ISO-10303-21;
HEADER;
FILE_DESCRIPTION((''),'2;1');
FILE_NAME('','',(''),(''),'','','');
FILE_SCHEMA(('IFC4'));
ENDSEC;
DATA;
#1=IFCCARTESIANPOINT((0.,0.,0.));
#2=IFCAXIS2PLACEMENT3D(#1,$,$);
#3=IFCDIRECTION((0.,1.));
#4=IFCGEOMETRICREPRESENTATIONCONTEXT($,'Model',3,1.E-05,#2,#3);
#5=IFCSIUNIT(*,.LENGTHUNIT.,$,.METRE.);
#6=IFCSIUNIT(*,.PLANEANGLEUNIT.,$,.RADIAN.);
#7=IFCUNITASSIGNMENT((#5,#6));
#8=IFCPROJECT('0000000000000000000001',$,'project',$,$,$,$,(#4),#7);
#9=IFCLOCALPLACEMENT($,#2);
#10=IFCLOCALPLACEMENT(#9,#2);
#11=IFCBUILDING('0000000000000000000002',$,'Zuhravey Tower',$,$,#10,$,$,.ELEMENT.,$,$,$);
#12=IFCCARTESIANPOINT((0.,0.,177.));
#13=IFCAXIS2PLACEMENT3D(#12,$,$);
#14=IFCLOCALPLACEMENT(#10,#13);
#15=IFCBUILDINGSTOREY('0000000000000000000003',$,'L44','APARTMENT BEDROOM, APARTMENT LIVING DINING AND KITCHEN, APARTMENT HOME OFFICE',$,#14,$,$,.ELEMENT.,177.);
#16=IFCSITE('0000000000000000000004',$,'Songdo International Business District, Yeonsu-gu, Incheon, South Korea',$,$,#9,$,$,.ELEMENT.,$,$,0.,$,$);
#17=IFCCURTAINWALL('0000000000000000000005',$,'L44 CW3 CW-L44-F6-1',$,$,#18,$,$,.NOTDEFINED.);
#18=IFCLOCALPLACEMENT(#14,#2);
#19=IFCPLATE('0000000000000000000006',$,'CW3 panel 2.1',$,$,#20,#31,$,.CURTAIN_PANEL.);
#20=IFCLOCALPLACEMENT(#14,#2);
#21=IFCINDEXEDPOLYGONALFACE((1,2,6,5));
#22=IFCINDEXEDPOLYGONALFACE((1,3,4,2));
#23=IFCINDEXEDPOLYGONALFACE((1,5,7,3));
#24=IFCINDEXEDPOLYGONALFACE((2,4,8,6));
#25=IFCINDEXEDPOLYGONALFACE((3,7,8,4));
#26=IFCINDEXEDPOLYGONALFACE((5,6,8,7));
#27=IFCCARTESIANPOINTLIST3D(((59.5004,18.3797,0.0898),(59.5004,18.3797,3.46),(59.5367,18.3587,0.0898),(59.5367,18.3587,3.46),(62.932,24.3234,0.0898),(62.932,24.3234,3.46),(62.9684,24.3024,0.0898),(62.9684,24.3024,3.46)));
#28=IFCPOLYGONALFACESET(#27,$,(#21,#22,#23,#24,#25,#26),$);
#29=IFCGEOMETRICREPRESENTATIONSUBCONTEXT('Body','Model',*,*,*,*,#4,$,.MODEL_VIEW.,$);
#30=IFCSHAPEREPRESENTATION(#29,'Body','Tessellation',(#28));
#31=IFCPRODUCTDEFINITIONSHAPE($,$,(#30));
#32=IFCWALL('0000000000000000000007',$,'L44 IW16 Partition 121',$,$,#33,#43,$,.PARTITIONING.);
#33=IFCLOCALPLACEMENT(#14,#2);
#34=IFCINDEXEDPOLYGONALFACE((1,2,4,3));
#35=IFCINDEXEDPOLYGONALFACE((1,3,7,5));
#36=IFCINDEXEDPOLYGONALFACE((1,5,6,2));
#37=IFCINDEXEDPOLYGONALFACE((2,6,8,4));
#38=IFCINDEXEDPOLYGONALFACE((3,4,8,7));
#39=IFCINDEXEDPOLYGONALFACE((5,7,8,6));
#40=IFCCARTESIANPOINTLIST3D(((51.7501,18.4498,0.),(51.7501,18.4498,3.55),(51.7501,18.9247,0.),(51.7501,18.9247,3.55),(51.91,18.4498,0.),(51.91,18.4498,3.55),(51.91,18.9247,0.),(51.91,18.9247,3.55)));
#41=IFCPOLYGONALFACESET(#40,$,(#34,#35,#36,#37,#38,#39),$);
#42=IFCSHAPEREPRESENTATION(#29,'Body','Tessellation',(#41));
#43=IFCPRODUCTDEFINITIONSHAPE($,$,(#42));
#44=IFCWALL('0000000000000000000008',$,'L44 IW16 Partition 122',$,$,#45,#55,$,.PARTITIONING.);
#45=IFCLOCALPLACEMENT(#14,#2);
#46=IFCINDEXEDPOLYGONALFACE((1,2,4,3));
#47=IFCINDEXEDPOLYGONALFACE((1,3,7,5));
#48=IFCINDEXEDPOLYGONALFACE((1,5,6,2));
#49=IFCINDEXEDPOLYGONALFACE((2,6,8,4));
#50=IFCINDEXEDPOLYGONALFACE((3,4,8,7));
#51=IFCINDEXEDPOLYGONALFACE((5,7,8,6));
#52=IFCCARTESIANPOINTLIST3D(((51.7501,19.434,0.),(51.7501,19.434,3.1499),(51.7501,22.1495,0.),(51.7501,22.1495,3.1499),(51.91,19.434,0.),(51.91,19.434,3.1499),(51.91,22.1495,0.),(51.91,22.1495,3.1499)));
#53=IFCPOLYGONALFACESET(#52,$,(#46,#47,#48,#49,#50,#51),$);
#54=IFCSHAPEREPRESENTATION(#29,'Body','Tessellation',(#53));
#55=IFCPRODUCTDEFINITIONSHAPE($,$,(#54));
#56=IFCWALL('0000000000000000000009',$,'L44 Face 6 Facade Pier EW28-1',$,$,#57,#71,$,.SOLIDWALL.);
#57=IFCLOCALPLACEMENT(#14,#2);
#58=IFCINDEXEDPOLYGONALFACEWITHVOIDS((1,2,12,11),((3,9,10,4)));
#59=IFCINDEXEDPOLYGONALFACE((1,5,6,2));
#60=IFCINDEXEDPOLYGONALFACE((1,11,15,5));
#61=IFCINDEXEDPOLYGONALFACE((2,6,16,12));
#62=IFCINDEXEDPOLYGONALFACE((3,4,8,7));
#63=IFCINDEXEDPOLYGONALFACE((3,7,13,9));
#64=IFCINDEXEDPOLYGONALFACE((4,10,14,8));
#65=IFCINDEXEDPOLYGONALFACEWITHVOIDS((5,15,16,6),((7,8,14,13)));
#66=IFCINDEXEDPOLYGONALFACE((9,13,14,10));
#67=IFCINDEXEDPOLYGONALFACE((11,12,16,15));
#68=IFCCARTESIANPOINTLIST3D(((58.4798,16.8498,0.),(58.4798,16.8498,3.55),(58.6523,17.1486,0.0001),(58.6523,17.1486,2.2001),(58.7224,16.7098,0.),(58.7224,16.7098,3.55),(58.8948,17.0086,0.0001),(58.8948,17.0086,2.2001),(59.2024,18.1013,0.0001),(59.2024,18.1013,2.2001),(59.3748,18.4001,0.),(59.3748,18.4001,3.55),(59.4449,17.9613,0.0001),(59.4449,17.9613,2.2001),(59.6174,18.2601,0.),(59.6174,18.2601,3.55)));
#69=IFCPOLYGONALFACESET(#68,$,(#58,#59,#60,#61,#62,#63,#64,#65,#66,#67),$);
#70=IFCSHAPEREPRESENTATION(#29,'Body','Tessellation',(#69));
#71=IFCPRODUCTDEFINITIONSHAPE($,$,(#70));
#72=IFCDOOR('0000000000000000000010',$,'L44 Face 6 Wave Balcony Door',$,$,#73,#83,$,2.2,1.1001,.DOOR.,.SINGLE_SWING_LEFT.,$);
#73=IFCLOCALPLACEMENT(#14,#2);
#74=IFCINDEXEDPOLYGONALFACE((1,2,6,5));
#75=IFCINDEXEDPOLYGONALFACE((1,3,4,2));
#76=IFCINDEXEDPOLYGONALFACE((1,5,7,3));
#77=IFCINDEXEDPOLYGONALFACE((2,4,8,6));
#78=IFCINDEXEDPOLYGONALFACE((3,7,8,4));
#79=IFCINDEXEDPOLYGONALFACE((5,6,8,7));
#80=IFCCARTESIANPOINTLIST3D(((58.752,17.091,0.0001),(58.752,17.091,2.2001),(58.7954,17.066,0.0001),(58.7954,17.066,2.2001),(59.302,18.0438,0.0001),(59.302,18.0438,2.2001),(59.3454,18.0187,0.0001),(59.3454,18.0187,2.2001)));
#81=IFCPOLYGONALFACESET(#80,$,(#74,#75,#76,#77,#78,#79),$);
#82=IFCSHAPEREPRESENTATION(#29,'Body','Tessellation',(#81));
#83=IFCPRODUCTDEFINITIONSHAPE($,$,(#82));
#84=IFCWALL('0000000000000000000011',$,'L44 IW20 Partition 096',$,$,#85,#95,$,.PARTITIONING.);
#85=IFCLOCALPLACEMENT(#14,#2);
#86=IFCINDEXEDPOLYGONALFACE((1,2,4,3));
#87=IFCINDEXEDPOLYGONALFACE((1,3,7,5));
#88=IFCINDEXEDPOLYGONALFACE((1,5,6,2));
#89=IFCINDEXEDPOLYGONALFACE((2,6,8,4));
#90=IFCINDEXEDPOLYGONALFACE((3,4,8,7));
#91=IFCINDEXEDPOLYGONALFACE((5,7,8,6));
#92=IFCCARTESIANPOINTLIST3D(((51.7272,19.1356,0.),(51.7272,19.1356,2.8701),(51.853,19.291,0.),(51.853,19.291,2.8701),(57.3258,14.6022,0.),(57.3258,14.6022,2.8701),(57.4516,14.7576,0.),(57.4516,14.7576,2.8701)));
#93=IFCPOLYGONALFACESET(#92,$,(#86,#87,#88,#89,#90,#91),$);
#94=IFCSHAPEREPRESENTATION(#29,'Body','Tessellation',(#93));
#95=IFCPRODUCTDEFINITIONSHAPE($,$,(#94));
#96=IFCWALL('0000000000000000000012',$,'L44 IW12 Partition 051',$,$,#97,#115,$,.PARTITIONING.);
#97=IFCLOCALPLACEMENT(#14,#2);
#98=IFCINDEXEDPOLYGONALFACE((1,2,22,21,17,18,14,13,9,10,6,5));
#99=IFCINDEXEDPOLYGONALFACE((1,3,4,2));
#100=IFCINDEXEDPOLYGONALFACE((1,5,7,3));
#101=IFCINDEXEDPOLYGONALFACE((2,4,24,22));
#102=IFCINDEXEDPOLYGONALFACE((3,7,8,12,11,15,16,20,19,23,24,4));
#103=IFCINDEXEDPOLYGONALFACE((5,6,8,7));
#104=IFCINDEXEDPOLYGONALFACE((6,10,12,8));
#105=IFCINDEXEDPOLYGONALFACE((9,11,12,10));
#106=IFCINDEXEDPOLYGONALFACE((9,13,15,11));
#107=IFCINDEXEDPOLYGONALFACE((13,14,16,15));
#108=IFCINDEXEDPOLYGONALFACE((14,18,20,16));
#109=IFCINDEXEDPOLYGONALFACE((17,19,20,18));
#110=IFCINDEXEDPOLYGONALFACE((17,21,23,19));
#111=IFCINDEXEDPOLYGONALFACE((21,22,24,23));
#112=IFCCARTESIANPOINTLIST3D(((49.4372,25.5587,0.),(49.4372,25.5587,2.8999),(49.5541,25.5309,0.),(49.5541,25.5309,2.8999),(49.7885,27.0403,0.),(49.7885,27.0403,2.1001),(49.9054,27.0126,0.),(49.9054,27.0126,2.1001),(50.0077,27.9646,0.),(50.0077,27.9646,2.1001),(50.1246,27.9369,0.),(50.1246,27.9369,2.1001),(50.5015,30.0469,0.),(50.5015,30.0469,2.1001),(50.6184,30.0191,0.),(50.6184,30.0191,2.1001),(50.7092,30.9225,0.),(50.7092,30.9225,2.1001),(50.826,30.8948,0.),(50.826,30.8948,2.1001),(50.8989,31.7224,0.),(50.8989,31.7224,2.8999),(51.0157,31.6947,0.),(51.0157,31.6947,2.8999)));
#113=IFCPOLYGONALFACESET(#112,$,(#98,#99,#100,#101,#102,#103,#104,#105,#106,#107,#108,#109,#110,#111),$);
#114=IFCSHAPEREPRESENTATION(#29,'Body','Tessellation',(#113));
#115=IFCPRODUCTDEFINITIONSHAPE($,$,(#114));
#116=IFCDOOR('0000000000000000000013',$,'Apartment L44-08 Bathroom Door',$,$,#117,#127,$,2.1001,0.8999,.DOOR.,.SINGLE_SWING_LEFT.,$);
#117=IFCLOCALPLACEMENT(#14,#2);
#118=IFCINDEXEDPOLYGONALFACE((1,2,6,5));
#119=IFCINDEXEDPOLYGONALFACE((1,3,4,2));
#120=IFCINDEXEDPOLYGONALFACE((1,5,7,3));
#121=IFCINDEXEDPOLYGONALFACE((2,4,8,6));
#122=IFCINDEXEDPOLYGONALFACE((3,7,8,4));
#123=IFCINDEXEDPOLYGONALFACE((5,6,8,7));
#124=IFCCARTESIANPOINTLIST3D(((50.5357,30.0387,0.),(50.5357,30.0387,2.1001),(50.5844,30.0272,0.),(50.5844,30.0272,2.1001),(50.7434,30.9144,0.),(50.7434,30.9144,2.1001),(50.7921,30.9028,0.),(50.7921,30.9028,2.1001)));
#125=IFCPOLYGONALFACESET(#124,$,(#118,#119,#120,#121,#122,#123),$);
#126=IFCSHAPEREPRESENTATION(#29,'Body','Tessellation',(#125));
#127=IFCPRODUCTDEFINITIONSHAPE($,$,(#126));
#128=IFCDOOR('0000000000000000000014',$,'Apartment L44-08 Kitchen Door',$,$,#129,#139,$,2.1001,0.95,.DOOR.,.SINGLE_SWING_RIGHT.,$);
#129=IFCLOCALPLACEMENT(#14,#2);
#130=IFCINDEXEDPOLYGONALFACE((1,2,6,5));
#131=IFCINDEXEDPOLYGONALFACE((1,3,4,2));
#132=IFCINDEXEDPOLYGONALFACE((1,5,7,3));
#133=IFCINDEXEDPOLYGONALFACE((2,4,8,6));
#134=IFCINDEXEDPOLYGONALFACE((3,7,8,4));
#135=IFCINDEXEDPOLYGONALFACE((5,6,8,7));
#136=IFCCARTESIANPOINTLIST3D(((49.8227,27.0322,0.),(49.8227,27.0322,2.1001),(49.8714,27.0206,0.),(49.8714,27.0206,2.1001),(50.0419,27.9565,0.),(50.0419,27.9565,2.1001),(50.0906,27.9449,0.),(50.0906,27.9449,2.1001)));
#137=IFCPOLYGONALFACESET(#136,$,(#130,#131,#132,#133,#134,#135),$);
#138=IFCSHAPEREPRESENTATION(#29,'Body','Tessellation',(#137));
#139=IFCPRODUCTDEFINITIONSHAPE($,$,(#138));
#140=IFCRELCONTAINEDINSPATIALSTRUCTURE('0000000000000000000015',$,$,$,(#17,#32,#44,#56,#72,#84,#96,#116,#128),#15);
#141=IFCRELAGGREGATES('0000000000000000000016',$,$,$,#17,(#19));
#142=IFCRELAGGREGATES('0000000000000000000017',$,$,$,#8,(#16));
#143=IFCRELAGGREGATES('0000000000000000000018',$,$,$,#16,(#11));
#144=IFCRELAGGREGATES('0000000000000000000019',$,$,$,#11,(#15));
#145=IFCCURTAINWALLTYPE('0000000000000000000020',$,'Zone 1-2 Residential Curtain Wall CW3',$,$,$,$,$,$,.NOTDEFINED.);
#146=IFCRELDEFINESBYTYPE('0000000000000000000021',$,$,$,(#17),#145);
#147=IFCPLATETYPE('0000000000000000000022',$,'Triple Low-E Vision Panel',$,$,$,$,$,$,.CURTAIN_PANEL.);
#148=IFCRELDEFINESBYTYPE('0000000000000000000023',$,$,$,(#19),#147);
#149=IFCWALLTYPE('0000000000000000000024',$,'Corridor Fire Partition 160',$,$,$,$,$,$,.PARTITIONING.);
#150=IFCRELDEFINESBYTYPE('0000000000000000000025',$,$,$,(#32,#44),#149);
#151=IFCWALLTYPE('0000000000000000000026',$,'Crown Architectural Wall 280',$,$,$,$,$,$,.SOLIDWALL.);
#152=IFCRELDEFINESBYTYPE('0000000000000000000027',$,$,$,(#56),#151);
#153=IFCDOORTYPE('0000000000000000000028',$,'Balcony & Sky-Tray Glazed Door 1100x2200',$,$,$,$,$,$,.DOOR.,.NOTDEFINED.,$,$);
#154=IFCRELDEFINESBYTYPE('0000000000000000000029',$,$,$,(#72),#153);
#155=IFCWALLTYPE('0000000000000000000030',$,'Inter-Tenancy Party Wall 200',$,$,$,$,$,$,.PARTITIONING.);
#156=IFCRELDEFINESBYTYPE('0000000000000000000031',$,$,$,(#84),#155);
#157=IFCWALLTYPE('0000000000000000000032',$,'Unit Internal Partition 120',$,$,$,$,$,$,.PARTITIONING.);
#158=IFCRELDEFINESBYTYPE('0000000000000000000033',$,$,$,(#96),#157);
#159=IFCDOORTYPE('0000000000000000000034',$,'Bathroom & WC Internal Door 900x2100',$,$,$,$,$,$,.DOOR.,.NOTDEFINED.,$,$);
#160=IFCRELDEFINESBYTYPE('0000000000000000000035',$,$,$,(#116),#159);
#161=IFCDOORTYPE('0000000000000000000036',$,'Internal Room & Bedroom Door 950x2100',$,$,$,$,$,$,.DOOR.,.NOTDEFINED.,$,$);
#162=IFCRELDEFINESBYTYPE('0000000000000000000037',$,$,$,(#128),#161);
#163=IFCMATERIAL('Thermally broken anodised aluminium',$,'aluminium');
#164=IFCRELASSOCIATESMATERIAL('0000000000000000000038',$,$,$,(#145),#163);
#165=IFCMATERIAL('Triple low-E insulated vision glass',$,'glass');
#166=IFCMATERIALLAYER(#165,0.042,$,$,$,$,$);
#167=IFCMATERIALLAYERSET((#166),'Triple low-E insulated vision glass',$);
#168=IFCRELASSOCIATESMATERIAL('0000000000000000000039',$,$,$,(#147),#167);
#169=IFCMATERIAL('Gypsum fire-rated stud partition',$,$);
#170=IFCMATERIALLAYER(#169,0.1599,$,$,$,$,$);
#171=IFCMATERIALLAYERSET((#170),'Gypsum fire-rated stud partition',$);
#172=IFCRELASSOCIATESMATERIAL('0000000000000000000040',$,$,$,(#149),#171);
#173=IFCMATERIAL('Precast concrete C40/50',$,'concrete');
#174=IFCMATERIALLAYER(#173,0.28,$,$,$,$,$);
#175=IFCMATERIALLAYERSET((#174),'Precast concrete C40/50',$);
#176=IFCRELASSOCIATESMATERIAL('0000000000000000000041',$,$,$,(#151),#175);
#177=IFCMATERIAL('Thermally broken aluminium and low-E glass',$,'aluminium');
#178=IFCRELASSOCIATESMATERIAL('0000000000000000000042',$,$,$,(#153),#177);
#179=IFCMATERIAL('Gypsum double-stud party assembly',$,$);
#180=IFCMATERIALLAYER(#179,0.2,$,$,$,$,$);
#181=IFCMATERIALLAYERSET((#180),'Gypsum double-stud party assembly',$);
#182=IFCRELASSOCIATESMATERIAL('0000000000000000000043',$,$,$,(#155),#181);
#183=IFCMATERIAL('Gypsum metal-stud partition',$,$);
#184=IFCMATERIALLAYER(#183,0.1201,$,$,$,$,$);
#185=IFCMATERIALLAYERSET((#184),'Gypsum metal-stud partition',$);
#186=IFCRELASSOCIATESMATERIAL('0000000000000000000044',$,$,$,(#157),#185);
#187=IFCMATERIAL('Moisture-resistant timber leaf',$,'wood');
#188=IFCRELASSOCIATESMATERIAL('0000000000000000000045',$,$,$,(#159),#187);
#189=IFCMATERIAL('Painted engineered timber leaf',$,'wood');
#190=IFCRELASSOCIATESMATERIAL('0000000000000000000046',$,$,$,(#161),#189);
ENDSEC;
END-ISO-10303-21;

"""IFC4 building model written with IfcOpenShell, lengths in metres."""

from ifc_helpers import new_model, si_unit, direction, frame, frame_2d, origin, origin_2d, place, context, subcontext, project, spatial, rectangle, extrude, material, layer, layer_set, type_object, element, fill, aggregate, save


model = new_model("IFC4")

# Units and contexts
model_context = context("Model", 3, precision=1e-05, world=origin(), true_north=direction((0.0, 1.0)))
body_context = subcontext(model_context, "Body", "Model", "MODEL_VIEW")
ifc_project = project(units=[si_unit("LENGTHUNIT", "METRE"), si_unit("PLANEANGLEUNIT", "RADIAN")], contexts=[model_context])

# Site, building, storey
site_placement = place(None, origin())
site = spatial("IfcSite", under=ifc_project, at=site_placement, Name="Songdo International Business District, Yeonsu-gu, Incheon, South Korea", CompositionType="ELEMENT", RefElevation=0.0)
building_placement = place(site_placement, origin())
building = spatial("IfcBuilding", under=site, at=building_placement, Name="Zuhravey Tower", CompositionType="ELEMENT")
storey_placement = place(building_placement, frame((0.0, 0.0, 177.0)))
storey = spatial("IfcBuildingStorey", under=building, at=storey_placement, Name="L44", Description="APARTMENT BEDROOM, APARTMENT LIVING DINING AND KITCHEN, APARTMENT HOME OFFICE", CompositionType="ELEMENT", Elevation=177.0)

# Curtain wall, plate
ifc_material_1 = material(Name="Thermally broken anodised aluminium", Category="aluminium")
curtain_wall_type = type_object("IfcCurtainWallType", Name="Zone 1-2 Residential Curtain Wall CW3", PredefinedType="NOTDEFINED", material=ifc_material_1)
curtain_wall_placement = place(storey_placement, origin())
curtain_wall = element("IfcCurtainWall", 1, at=curtain_wall_placement, inside=storey, type_object=curtain_wall_type, Name="L44 CW3 CW-L44-F6-1", PredefinedType="NOTDEFINED")
ifc_material_2 = material(Name="Triple low-E insulated vision glass", Category="glass")
ifc_layer_1 = layer(ifc_material_2, 0.042)
ifc_layer_set_1 = layer_set([ifc_layer_1], Name="Triple low-E insulated vision glass")
plate_type = type_object("IfcPlateType", Name="Triple Low-E Vision Panel", PredefinedType="CURTAIN_PANEL", material=ifc_layer_set_1)
plate_placement = place(storey_placement, frame((61.2344, 21.3411, 0.0898), z_axis=(0.0, 0.0, 1.0), x_axis=(-0.500003, -0.866023, 0.0)))
plate = element("IfcPlate", 2, at=plate_placement, type_object=plate_type, Name="CW3 panel 2.1", PredefinedType="CURTAIN_PANEL", context=body_context, shape_type="SweptSolid", body=[
    extrude(rectangle(XDim=6.8633, YDim=0.042, at=origin_2d()), origin(), (0.0, 0.0, 1.0), 3.3701),
])
aggregate(curtain_wall, [plate])

# Shared definitions
ifc_material_3 = material(Name="Gypsum fire-rated stud partition")
ifc_layer_2 = layer(ifc_material_3, 0.1599)
ifc_layer_set_2 = layer_set([ifc_layer_2], Name="Gypsum fire-rated stud partition")
wall_type_1 = type_object("IfcWallType", Name="Corridor Fire Partition 160", PredefinedType="PARTITIONING", material=ifc_layer_set_2)

# Walls
wall_1_placement = place(storey_placement, frame((51.8301, 18.45, 0.0), z_axis=(0.0, 0.0, 1.0), x_axis=(0.0, 1.0, 0.0)))
element("IfcWall", 3, at=wall_1_placement, inside=storey, type_object=wall_type_1, Name="L44 IW16 Partition 121", PredefinedType="PARTITIONING", context=body_context, shape_type="SweptSolid", body=[
    extrude(rectangle(XDim=0.4749, YDim=0.1599, at=frame_2d((0.2373, 0.0))), origin(), (0.0, 0.0, 1.0), 3.55),
])
wall_2_placement = place(storey_placement, frame((51.8301, 19.4338, 0.0), z_axis=(0.0, 0.0, 1.0), x_axis=(0.0, 1.0, 0.0)))
element("IfcWall", 4, at=wall_2_placement, inside=storey, type_object=wall_type_1, Name="L44 IW16 Partition 122", PredefinedType="PARTITIONING", context=body_context, shape_type="SweptSolid", body=[
    extrude(rectangle(XDim=2.7156, YDim=0.1599, at=frame_2d((1.3579, 0.0))), origin(), (0.0, 0.0, 1.0), 3.1499),
])

# Wall, opening, door
ifc_material_4 = material(Name="Precast concrete C40/50", Category="concrete")
ifc_layer_3 = layer(ifc_material_4, 0.28)
ifc_layer_set_3 = layer_set([ifc_layer_3], Name="Precast concrete C40/50")
wall_type_2 = type_object("IfcWallType", Name="Crown Architectural Wall 280", PredefinedType="SOLIDWALL", material=ifc_layer_set_3)
wall_3_placement = place(storey_placement, frame((59.4961, 18.3301, 0.0), z_axis=(0.0, 0.0, 1.0), x_axis=(-0.499982, -0.866036, 0.0)))
wall_3 = element("IfcWall", 5, at=wall_3_placement, inside=storey, type_object=wall_type_2, Name="L44 Face 6 Facade Pier EW28-1", PredefinedType="SOLIDWALL", context=body_context, shape_type="SweptSolid", body=[
    extrude(rectangle(XDim=1.79, YDim=0.28, at=frame_2d((0.895, 0.0))), origin(), (0.0, 0.0, 1.0), 3.55),
])
opening_1_placement = place(wall_3_placement, frame((0.345, 0.0, 0.0)))
opening_1 = element("IfcOpeningElement", 6, at=opening_1_placement, cuts=wall_3, PredefinedType="OPENING", context=body_context, shape_type="SweptSolid", body=[
    extrude(rectangle(XDim=1.1001, YDim=2.2, at=frame_2d((0.55, 1.1001))), frame((0.0, 0.1521, 0.0), z_axis=(0.0, -1.0, 0.0), x_axis=(1.0, 0.0, 0.0)), (0.0, 0.0, 1.0), 0.304),
])
ifc_material_5 = material(Name="Thermally broken aluminium and low-E glass", Category="aluminium")
door_type_1 = type_object("IfcDoorType", Name="Balcony & Sky-Tray Glazed Door 1100x2200", OperationType="NOTDEFINED", PredefinedType="DOOR", material=ifc_material_5)
door_1_placement = place(opening_1_placement, frame((1.1001, 0.0, 0.0), z_axis=(0.0, 0.0, 1.0), x_axis=(-1.0, 0.0, 0.0)))
door_1 = element("IfcDoor", 7, at=door_1_placement, inside=storey, type_object=door_type_1, Name="L44 Face 6 Wave Balcony Door", OperationType="SINGLE_SWING_LEFT", OverallHeight=2.2, OverallWidth=1.1001, PredefinedType="DOOR", context=body_context, shape_type="SweptSolid", body=[
    extrude(rectangle(XDim=1.1001, YDim=2.2, at=frame_2d((0.55, 1.1001))), frame((0.0, 0.0249, 0.0), z_axis=(0.0, -1.0, 0.0), x_axis=(1.0, 0.0, 0.0)), (0.0, 0.0, 1.0), 0.05),
])
fill(opening_1, door_1)

# Wall
ifc_material_6 = material(Name="Gypsum double-stud party assembly")
ifc_layer_4 = layer(ifc_material_6, 0.2)
ifc_layer_set_4 = layer_set([ifc_layer_4], Name="Gypsum double-stud party assembly")
wall_type_3 = type_object("IfcWallType", Name="Inter-Tenancy Party Wall 200", PredefinedType="PARTITIONING", material=ifc_layer_set_4)
wall_4_placement = place(storey_placement, frame((51.79, 19.2134, 0.0), z_axis=(0.0, 0.0, 1.0), x_axis=(0.777162, -0.629301, 0.0)))
element("IfcWall", 8, at=wall_4_placement, inside=storey, type_object=wall_type_3, Name="L44 IW20 Partition 096", PredefinedType="PARTITIONING", context=body_context, shape_type="SweptSolid", body=[
    extrude(rectangle(XDim=7.2039, YDim=0.2, at=frame_2d((3.6021, 0.0))), origin(), (0.0, 0.0, 1.0), 2.8701),
])

# Wall, openings, doors
ifc_material_7 = material(Name="Gypsum metal-stud partition")
ifc_layer_5 = layer(ifc_material_7, 0.1201)
ifc_layer_set_5 = layer_set([ifc_layer_5], Name="Gypsum metal-stud partition")
wall_type_4 = type_object("IfcWallType", Name="Unit Internal Partition 120", PredefinedType="PARTITIONING", material=ifc_layer_set_5)
wall_5_placement = place(storey_placement, frame((49.4956, 25.5447, 0.0), z_axis=(0.0, 0.0, 1.0), x_axis=(0.230738, 0.973016, 0.0)))
wall_5 = element("IfcWall", 9, at=wall_5_placement, inside=storey, type_object=wall_type_4, Name="L44 IW12 Partition 051", PredefinedType="PARTITIONING", context=body_context, shape_type="SweptSolid", body=[
    extrude(rectangle(XDim=6.3347, YDim=0.1201, at=frame_2d((3.1675, 0.0))), origin(), (0.0, 0.0, 1.0), 2.8999),
])
opening_2_placement = place(wall_5_placement, frame((1.5227, 0.0, 0.0)))
opening_2 = element("IfcOpeningElement", 10, at=opening_2_placement, cuts=wall_5, PredefinedType="OPENING", context=body_context, shape_type="SweptSolid", body=[
    extrude(rectangle(XDim=0.95, YDim=2.1001, at=frame_2d((0.4751, 1.05))), frame((0.0, 0.072, 0.0), z_axis=(0.0, -1.0, 0.0), x_axis=(1.0, 0.0, 0.0)), (0.0, 0.0, 1.0), 0.144),
])
opening_3_placement = place(wall_5_placement, frame((4.6128, 0.0, 0.0)))
opening_3 = element("IfcOpeningElement", 11, at=opening_3_placement, cuts=wall_5, PredefinedType="OPENING", context=body_context, shape_type="SweptSolid", body=[
    extrude(rectangle(XDim=0.8999, YDim=2.1001, at=frame_2d((0.45, 1.05))), frame((0.0, 0.072, 0.0), z_axis=(0.0, -1.0, 0.0), x_axis=(1.0, 0.0, 0.0)), (0.0, 0.0, 1.0), 0.144),
])
ifc_material_8 = material(Name="Moisture-resistant timber leaf", Category="wood")
door_type_2 = type_object("IfcDoorType", Name="Bathroom & WC Internal Door 900x2100", OperationType="NOTDEFINED", PredefinedType="DOOR", material=ifc_material_8)
door_2_placement = place(opening_3_placement, origin())
door_2 = element("IfcDoor", 12, at=door_2_placement, inside=storey, type_object=door_type_2, Name="Apartment L44-08 Bathroom Door", OperationType="SINGLE_SWING_LEFT", OverallHeight=2.1001, OverallWidth=0.8999, PredefinedType="DOOR", context=body_context, shape_type="SweptSolid", body=[
    extrude(rectangle(XDim=0.8999, YDim=2.1001, at=frame_2d((0.45, 1.05))), frame((0.0, 0.0249, 0.0), z_axis=(0.0, -1.0, 0.0), x_axis=(1.0, 0.0, 0.0)), (0.0, 0.0, 1.0), 0.05),
])
fill(opening_3, door_2)
ifc_material_9 = material(Name="Painted engineered timber leaf", Category="wood")
door_type_3 = type_object("IfcDoorType", Name="Internal Room & Bedroom Door 950x2100", OperationType="NOTDEFINED", PredefinedType="DOOR", material=ifc_material_9)
door_3_placement = place(opening_2_placement, origin())
door_3 = element("IfcDoor", 13, at=door_3_placement, inside=storey, type_object=door_type_3, Name="Apartment L44-08 Kitchen Door", OperationType="SINGLE_SWING_RIGHT", OverallHeight=2.1001, OverallWidth=0.95, PredefinedType="DOOR", context=body_context, shape_type="SweptSolid", body=[
    extrude(rectangle(XDim=0.95, YDim=2.1001, at=frame_2d((0.4751, 1.05))), frame((0.0, 0.0249, 0.0), z_axis=(0.0, -1.0, 0.0), x_axis=(1.0, 0.0, 0.0)), (0.0, 0.0, 1.0), 0.05),
])
fill(opening_2, door_3)

save(model, "model.ifc")
